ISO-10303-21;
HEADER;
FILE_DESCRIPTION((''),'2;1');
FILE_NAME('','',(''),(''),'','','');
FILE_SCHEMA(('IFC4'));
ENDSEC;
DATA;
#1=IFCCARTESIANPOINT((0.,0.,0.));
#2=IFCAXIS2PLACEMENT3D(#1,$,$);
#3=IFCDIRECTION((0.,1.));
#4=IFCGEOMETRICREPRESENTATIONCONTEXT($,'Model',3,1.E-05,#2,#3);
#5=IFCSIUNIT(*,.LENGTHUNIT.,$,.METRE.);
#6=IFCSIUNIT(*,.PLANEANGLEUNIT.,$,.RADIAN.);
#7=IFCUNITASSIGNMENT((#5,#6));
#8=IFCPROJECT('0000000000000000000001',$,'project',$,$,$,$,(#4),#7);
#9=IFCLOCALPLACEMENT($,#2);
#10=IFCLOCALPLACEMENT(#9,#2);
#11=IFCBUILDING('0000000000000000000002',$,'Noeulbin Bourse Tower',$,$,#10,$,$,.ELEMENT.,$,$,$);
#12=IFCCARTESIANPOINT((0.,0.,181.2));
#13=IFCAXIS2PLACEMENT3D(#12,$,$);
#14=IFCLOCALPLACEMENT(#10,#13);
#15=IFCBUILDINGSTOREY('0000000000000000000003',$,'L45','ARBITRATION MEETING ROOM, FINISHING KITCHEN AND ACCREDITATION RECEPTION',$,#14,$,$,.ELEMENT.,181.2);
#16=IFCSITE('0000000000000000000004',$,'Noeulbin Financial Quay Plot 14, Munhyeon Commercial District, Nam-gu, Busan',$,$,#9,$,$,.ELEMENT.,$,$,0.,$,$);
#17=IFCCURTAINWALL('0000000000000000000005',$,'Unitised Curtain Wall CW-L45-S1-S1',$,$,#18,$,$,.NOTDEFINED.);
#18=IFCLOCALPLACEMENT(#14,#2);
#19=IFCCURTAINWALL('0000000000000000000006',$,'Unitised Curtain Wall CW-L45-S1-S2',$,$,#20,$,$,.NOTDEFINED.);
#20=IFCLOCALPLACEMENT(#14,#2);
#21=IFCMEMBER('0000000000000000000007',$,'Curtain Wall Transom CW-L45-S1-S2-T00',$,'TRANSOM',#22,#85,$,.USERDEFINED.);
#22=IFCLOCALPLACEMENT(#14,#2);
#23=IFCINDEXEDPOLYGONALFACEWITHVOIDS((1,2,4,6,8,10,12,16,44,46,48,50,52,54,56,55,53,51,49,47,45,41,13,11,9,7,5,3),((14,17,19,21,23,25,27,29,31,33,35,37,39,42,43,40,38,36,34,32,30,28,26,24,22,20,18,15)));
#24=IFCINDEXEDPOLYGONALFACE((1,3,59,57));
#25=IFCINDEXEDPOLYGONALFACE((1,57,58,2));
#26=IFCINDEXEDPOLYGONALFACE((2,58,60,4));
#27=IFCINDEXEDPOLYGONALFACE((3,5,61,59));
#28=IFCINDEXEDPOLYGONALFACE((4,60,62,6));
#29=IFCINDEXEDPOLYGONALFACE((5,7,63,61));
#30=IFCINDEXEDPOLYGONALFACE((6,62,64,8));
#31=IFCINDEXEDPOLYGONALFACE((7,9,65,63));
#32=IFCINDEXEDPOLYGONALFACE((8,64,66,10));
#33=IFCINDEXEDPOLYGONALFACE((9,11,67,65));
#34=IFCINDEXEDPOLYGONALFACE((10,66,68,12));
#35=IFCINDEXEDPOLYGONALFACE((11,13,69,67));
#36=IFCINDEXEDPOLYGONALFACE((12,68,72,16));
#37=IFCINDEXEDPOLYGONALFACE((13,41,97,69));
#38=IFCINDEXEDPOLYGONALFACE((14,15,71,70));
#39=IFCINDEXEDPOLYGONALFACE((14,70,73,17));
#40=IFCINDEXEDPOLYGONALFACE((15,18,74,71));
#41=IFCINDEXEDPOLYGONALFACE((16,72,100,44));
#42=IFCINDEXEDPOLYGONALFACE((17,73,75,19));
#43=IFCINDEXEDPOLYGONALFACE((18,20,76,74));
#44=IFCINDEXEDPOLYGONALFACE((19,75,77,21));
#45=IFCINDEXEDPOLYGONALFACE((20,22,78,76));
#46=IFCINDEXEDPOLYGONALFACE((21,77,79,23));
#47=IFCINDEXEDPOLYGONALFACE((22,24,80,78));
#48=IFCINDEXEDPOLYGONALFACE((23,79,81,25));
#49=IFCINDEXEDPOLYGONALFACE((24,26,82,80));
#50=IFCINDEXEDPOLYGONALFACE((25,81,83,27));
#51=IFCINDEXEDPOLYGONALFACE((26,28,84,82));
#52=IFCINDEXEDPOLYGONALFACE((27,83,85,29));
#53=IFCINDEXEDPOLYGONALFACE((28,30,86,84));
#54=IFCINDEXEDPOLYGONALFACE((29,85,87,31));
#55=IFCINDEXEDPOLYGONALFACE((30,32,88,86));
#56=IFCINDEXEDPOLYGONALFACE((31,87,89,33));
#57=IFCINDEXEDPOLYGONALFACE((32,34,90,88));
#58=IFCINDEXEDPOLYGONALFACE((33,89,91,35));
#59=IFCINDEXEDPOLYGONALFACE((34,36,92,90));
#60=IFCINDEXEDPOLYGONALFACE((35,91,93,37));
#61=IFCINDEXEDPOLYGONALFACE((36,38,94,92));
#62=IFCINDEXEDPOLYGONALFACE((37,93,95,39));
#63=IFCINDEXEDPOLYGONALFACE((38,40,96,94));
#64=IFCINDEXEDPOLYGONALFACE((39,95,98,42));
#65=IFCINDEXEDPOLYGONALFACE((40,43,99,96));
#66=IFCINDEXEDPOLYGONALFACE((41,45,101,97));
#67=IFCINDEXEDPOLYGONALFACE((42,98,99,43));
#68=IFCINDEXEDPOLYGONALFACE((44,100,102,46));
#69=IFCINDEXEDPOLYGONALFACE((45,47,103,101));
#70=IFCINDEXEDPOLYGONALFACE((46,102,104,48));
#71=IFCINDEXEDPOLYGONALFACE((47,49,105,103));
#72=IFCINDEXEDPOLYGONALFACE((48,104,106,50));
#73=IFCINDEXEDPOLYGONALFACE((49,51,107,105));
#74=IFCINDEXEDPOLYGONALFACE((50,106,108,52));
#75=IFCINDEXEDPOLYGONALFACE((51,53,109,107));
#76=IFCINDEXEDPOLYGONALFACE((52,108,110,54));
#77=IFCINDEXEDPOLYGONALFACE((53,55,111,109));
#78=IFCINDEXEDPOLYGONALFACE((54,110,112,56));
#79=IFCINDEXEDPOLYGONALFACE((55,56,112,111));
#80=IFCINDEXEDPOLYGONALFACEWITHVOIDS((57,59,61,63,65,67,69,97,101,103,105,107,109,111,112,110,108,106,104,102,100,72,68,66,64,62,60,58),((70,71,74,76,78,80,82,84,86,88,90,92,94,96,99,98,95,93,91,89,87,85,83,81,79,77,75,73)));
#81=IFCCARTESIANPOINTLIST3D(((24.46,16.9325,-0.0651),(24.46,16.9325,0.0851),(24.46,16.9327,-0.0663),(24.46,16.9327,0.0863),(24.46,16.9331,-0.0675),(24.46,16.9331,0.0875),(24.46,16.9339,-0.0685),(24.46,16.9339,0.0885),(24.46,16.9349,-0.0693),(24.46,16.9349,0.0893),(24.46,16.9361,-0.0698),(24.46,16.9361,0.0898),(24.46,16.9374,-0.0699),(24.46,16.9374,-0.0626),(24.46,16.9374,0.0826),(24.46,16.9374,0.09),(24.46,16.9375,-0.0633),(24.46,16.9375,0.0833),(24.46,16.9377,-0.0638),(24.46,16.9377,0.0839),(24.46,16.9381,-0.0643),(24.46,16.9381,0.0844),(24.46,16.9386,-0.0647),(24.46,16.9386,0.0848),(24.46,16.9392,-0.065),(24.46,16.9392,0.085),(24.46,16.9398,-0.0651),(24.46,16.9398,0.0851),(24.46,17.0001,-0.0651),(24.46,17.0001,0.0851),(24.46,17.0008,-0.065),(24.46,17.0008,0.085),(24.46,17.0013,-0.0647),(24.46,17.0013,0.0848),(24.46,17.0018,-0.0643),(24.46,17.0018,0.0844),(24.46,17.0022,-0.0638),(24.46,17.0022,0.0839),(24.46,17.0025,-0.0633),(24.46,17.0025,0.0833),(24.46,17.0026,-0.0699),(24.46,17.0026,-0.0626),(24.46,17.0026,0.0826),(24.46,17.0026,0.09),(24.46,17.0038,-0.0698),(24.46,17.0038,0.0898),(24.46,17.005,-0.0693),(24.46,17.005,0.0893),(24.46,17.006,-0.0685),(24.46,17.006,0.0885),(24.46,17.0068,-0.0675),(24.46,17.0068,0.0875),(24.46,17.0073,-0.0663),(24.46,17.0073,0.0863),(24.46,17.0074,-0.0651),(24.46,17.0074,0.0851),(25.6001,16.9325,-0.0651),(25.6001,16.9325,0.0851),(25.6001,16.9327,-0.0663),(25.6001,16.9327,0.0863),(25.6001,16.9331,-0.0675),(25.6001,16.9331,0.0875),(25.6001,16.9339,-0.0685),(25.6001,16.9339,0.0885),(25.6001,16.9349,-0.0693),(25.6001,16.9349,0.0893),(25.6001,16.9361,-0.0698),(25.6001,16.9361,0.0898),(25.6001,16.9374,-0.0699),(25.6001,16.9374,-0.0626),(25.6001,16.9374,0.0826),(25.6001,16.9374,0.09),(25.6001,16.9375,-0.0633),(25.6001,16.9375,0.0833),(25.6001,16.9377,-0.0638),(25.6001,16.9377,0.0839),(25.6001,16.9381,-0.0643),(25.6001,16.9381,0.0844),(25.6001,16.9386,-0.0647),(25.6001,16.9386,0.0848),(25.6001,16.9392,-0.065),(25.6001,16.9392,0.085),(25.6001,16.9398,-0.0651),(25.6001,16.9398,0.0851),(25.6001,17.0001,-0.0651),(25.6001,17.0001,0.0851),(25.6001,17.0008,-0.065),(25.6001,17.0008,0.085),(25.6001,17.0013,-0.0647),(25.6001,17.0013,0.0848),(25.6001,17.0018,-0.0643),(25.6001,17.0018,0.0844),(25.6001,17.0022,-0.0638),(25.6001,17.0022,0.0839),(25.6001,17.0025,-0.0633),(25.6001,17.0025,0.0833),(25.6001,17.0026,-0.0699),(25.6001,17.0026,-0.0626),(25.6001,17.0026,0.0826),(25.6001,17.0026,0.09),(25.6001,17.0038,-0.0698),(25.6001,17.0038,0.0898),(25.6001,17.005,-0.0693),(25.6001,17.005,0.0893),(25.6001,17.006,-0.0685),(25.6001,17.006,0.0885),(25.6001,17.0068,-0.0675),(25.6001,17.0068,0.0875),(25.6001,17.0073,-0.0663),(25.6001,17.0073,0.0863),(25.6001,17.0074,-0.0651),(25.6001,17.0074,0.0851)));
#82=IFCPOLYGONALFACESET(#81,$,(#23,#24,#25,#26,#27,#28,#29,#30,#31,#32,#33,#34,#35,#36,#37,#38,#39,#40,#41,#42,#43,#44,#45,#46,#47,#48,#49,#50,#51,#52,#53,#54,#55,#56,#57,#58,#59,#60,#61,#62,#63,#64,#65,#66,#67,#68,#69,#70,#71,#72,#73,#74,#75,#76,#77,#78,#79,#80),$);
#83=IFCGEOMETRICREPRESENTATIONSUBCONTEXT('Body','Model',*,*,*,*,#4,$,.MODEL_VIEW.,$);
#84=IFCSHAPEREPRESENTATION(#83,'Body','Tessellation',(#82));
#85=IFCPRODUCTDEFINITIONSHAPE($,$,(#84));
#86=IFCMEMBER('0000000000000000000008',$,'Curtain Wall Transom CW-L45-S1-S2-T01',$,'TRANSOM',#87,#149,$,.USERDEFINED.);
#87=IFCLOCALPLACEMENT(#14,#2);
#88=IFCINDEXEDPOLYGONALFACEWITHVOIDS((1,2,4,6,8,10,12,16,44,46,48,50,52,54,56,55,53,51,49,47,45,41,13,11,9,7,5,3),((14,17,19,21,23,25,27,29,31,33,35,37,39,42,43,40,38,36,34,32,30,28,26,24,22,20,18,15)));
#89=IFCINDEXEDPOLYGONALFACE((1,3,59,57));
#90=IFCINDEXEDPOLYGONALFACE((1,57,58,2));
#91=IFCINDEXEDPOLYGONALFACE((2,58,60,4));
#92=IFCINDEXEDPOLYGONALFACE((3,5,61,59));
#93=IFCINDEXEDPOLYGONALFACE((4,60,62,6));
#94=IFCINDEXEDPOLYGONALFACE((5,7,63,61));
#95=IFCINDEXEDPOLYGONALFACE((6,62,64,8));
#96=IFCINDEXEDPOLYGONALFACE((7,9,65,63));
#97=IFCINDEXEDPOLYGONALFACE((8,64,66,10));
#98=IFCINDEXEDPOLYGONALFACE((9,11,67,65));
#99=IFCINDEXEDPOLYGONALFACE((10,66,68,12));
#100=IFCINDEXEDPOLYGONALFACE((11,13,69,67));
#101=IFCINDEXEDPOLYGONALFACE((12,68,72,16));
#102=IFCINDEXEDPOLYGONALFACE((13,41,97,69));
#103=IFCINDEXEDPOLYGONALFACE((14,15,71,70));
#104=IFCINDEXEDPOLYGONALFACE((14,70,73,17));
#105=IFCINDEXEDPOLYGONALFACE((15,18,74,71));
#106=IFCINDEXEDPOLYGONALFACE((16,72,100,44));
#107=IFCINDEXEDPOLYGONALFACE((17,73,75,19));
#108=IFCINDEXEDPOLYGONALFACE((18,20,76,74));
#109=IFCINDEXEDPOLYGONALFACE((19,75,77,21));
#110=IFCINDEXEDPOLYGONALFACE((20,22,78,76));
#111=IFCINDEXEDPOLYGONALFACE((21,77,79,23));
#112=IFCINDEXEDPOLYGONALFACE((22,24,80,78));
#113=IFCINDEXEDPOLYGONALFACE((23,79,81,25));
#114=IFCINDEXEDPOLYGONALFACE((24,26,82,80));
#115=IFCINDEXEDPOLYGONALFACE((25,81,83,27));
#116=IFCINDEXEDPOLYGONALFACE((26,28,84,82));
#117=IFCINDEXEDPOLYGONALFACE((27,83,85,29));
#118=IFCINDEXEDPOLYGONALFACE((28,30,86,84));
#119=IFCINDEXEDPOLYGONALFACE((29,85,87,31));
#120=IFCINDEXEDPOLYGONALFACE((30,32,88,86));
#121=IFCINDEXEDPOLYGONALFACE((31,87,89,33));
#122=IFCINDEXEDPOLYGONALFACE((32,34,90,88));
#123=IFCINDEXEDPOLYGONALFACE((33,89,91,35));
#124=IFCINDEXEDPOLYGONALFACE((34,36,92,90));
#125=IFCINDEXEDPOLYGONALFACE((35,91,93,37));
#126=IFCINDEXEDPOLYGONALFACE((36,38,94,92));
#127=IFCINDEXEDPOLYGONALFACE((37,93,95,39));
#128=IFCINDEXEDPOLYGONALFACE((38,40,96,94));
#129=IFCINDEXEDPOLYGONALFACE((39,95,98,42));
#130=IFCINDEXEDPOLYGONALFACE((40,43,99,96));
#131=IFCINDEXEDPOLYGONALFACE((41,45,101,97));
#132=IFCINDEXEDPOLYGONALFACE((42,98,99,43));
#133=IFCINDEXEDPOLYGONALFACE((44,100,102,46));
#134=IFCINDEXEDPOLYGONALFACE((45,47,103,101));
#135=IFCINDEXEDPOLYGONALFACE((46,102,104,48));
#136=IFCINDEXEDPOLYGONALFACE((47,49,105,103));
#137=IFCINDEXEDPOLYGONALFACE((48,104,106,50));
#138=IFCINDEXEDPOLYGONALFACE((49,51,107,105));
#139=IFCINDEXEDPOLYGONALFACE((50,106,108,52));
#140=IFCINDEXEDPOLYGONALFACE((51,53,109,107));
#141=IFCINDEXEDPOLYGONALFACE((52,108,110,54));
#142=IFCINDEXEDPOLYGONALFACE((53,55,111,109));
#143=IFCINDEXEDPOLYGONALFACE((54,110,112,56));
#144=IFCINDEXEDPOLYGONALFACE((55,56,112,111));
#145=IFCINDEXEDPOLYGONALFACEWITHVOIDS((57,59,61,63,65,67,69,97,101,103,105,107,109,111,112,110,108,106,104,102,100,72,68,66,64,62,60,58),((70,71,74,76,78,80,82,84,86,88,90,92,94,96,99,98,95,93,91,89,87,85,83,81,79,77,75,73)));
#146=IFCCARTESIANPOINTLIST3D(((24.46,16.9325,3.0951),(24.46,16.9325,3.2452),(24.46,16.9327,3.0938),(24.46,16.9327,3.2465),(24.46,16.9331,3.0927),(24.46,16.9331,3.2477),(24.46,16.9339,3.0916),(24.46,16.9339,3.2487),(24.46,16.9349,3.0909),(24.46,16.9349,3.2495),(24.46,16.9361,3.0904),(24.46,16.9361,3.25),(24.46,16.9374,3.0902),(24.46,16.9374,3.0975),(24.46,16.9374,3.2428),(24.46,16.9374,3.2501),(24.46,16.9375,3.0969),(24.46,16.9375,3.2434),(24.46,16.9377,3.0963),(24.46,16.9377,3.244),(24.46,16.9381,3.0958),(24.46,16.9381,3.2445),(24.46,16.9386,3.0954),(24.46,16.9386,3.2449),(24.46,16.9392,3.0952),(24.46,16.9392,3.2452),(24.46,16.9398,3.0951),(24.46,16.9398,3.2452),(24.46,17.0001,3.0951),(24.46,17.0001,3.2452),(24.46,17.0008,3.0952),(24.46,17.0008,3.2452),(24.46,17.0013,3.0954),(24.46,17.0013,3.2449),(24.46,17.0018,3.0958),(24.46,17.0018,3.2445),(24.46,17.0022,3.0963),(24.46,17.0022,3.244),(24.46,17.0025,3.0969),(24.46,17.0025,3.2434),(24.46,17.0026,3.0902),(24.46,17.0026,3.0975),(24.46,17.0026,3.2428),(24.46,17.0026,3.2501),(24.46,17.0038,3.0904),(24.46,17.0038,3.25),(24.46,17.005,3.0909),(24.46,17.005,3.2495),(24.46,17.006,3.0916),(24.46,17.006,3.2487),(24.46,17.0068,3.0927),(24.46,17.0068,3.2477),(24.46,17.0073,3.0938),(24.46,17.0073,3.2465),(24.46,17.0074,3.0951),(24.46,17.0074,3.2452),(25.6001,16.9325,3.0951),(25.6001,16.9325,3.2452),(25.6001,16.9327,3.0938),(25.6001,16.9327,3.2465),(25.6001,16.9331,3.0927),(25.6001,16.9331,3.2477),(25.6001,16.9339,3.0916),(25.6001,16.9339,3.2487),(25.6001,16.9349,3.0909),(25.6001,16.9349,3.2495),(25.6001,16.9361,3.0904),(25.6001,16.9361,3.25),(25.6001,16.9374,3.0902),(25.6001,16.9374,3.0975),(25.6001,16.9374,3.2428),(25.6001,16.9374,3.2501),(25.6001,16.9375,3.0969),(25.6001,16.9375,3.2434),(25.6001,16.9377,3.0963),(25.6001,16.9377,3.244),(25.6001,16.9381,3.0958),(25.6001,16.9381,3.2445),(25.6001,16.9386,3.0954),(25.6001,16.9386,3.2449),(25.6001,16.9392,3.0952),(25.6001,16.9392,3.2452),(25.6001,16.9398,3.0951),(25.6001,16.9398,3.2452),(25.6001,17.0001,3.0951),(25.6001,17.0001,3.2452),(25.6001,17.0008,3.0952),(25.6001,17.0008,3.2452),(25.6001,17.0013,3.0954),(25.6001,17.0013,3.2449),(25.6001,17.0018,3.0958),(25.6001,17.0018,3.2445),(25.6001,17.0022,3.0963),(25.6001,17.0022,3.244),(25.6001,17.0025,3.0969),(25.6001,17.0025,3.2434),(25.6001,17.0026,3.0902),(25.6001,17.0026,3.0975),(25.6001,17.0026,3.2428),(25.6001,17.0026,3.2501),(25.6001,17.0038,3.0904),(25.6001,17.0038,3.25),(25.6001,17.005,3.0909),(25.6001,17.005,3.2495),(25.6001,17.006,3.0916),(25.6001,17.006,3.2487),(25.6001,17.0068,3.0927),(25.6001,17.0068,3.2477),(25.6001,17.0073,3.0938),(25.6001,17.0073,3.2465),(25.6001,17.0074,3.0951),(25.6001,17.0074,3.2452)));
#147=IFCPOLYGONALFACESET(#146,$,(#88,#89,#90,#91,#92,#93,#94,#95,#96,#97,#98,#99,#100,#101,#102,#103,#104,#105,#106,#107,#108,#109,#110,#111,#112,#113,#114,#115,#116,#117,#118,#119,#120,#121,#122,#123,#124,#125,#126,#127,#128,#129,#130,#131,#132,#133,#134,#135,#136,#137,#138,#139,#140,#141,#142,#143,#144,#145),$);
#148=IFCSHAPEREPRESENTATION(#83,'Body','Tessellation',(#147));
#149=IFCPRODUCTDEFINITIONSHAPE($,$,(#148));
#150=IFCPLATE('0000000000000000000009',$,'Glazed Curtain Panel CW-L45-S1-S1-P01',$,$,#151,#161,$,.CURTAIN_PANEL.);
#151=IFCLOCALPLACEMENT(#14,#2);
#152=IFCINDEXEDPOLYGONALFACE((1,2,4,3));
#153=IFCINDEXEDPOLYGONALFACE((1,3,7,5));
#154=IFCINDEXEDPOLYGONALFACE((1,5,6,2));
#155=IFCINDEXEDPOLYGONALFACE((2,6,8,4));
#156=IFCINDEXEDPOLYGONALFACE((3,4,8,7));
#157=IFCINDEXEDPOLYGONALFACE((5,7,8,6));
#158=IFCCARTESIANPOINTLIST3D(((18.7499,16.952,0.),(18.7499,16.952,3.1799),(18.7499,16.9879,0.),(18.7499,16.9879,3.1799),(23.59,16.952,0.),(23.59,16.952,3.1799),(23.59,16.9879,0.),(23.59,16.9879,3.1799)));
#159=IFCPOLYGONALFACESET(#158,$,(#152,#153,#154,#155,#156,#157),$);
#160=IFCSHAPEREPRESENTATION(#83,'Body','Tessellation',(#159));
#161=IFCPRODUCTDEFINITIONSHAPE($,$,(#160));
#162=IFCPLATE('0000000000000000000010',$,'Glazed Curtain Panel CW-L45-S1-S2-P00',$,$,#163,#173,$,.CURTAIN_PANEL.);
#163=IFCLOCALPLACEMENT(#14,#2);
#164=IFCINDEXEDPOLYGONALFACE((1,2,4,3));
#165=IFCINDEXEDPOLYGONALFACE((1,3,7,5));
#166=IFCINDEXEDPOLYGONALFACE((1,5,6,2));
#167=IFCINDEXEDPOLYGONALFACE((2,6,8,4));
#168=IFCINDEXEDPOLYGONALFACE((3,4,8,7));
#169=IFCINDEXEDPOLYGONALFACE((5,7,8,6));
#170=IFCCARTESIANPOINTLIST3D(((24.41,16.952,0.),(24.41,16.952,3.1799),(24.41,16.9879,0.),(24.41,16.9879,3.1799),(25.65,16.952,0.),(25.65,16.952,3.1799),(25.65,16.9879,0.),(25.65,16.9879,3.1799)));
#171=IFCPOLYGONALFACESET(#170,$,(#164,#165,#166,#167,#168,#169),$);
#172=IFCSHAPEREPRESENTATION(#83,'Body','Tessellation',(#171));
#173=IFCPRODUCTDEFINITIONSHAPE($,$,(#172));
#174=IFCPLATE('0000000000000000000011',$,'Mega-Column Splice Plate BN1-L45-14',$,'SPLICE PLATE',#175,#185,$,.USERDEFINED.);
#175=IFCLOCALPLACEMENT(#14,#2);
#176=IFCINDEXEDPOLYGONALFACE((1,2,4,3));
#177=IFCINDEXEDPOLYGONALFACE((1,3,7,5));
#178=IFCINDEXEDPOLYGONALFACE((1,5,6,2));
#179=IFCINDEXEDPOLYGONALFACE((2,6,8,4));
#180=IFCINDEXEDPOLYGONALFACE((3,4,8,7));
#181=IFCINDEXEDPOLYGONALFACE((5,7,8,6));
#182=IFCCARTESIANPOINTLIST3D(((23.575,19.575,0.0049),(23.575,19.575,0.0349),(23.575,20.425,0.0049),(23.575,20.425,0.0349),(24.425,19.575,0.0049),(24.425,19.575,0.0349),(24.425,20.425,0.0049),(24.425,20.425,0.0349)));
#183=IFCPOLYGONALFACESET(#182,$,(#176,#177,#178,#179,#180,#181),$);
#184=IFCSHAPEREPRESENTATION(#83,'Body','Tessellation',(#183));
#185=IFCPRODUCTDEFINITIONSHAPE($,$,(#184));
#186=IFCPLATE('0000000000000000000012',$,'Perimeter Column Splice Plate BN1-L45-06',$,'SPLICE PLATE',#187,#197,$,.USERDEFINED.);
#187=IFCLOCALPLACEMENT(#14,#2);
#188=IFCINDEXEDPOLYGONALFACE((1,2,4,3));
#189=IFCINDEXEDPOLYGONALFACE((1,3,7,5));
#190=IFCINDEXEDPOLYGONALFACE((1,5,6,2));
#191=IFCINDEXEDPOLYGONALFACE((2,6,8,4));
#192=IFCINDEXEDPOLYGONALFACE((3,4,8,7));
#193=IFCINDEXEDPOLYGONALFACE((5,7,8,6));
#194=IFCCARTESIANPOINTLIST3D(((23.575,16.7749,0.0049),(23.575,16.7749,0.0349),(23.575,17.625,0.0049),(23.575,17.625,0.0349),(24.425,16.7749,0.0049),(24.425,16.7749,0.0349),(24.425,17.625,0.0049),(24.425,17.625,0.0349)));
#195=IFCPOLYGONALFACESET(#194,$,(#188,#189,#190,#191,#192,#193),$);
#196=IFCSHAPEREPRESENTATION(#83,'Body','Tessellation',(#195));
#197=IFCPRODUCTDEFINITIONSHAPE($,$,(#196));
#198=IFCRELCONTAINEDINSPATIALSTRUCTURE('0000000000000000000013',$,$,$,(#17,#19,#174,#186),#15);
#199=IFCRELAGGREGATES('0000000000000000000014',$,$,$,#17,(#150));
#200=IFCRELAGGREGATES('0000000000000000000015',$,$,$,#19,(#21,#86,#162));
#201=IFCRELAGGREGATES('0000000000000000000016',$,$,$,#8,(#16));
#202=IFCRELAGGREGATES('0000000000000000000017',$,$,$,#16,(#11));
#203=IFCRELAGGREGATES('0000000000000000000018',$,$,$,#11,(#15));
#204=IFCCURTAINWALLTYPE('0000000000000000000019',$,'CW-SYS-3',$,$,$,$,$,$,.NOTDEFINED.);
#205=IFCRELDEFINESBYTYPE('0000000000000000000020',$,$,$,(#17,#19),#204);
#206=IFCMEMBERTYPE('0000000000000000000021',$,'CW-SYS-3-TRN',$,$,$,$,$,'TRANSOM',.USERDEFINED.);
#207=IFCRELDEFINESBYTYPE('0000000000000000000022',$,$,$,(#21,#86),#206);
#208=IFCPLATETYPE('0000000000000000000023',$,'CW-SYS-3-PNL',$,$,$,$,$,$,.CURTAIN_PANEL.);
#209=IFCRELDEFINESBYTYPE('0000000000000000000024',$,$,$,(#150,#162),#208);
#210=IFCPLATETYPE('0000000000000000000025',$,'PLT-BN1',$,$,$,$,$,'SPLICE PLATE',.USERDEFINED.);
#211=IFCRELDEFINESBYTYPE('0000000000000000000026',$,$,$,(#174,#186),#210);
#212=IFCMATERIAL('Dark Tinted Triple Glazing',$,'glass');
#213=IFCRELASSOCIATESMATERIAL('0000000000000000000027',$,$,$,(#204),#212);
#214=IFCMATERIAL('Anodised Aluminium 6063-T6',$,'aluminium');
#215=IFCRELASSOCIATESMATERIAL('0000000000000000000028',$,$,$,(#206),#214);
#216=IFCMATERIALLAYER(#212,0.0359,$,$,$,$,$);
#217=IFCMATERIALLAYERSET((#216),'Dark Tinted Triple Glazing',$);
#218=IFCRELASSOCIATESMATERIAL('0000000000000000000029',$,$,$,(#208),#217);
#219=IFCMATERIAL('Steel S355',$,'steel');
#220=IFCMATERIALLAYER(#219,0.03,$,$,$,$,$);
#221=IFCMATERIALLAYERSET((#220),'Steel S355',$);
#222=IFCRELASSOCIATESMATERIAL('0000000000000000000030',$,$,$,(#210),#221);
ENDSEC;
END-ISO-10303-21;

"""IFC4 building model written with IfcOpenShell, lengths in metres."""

from ifc_helpers import new_model, si_unit, direction, frame, origin, origin_2d, place, context, subcontext, project, spatial, rectangle, hollow_rectangle, extrude, material, layer, layer_set, material_profile, profile_set, type_object, element, aggregate, save


model = new_model("IFC4")

# Units and contexts
model_context = context("Model", 3, precision=1e-05, world=origin(), true_north=direction((0.0, 1.0)))
body_context = subcontext(model_context, "Body", "Model", "MODEL_VIEW")
ifc_project = project(units=[si_unit("LENGTHUNIT", "METRE"), si_unit("PLANEANGLEUNIT", "RADIAN")], contexts=[model_context])

# Site, building, storey
site_placement = place(None, origin())
site = spatial("IfcSite", under=ifc_project, at=site_placement, Name="Noeulbin Financial Quay Plot 14, Munhyeon Commercial District, Nam-gu, Busan", CompositionType="ELEMENT", RefElevation=0.0)
building_placement = place(site_placement, origin())
building = spatial("IfcBuilding", under=site, at=building_placement, Name="Noeulbin Bourse Tower", CompositionType="ELEMENT")
storey_placement = place(building_placement, frame((0.0, 0.0, 181.2)))
storey = spatial("IfcBuildingStorey", under=building, at=storey_placement, Name="L45", Description="ARBITRATION MEETING ROOM, FINISHING KITCHEN AND ACCREDITATION RECEPTION", CompositionType="ELEMENT", Elevation=181.2)

# Shared definitions
ifc_material_1 = material(Name="Steel S355", Category="steel")

# Curtain wall
ifc_material_2 = material(Name="Dark Tinted Triple Glazing", Category="glass")
curtain_wall_type = type_object("IfcCurtainWallType", Name="CW-SYS-3", PredefinedType="NOTDEFINED", material=ifc_material_2)
curtain_wall_1_placement = place(storey_placement, origin())
curtain_wall_1 = element("IfcCurtainWall", 1, at=curtain_wall_1_placement, inside=storey, type_object=curtain_wall_type, Name="Unitised Curtain Wall CW-L45-S1-S1", PredefinedType="NOTDEFINED")
ifc_material_3 = material(Name="Anodised Aluminium 6063-T6", Category="aluminium")

# Curtain wall, members
curtain_wall_2_placement = place(storey_placement, origin())
curtain_wall_2 = element("IfcCurtainWall", 2, at=curtain_wall_2_placement, inside=storey, type_object=curtain_wall_type, Name="Unitised Curtain Wall CW-L45-S1-S2", PredefinedType="NOTDEFINED")
ifc_material_profile_1 = material_profile(ifc_material_3, hollow_rectangle(XDim=0.075, YDim=0.1599, WallThickness=0.0049, InnerFilletRadius=0.0024, OuterFilletRadius=0.0049, at=origin_2d()), Name="ALU-TRAN-75x160x5", Category="LoadBearing")
ifc_profile_set_1 = profile_set([ifc_material_profile_1], Name="Anodised Aluminium 6063-T6")
member_type_1 = type_object("IfcMemberType", Name="CW-SYS-3-TRN", ElementType="TRANSOM", PredefinedType="USERDEFINED", material=ifc_profile_set_1)
member_1_placement = place(storey_placement, frame((24.46, 16.97, 0.01), z_axis=(1.0, 0.0, 0.0), x_axis=(0.0, 1.0, 0.0)))
member_1 = element("IfcMember", 3, at=member_1_placement, type_object=member_type_1, Name="Curtain Wall Transom CW-L45-S1-S2-T00", ObjectType="TRANSOM", PredefinedType="USERDEFINED", context=body_context, shape_type="SweptSolid", body=[
    extrude(hollow_rectangle(XDim=0.075, YDim=0.1599, WallThickness=0.0049, InnerFilletRadius=0.0024, OuterFilletRadius=0.0049, at=origin_2d()), origin(), (0.0, 0.0, 1.0), 1.1401),
])
member_2_placement = place(storey_placement, frame((24.46, 16.97, 3.1702), z_axis=(1.0, 0.0, 0.0), x_axis=(0.0, 1.0, 0.0)))
member_2 = element("IfcMember", 4, at=member_2_placement, type_object=member_type_1, Name="Curtain Wall Transom CW-L45-S1-S2-T01", ObjectType="TRANSOM", PredefinedType="USERDEFINED", context=body_context, shape_type="SweptSolid", body=[
    extrude(hollow_rectangle(XDim=0.075, YDim=0.1599, WallThickness=0.0049, InnerFilletRadius=0.0024, OuterFilletRadius=0.0049, at=origin_2d()), origin(), (0.0, 0.0, 1.0), 1.1401),
])

# Plates
ifc_layer_1 = layer(ifc_material_2, 0.0359)
ifc_layer_set_1 = layer_set([ifc_layer_1], Name="Dark Tinted Triple Glazing")
plate_type_1 = type_object("IfcPlateType", Name="CW-SYS-3-PNL", PredefinedType="CURTAIN_PANEL", material=ifc_layer_set_1)
plate_1_placement = place(storey_placement, frame((21.1699, 16.97, 0.0), z_axis=(0.0, 0.0, 1.0), x_axis=(1.0, 0.0, 0.0)))
plate_1 = element("IfcPlate", 5, at=plate_1_placement, type_object=plate_type_1, Name="Glazed Curtain Panel CW-L45-S1-S1-P01", PredefinedType="CURTAIN_PANEL", context=body_context, shape_type="SweptSolid", body=[
    extrude(rectangle(XDim=4.8401, YDim=0.0359, at=origin_2d()), origin(), (0.0, 0.0, 1.0), 3.1799),
])
aggregate(curtain_wall_1, [plate_1])
plate_2_placement = place(storey_placement, frame((25.03, 16.97, 0.0), z_axis=(0.0, 0.0, 1.0), x_axis=(1.0, 0.0, 0.0)))
plate_2 = element("IfcPlate", 6, at=plate_2_placement, type_object=plate_type_1, Name="Glazed Curtain Panel CW-L45-S1-S2-P00", PredefinedType="CURTAIN_PANEL", context=body_context, shape_type="SweptSolid", body=[
    extrude(rectangle(XDim=1.24, YDim=0.0359, at=origin_2d()), origin(), (0.0, 0.0, 1.0), 3.1799),
])
aggregate(curtain_wall_2, [member_1, member_2, plate_2])

# Plates
ifc_layer_2 = layer(ifc_material_1, 0.03)
ifc_layer_set_2 = layer_set([ifc_layer_2], Name="Steel S355")
plate_type_2 = type_object("IfcPlateType", Name="PLT-BN1", ElementType="SPLICE PLATE", PredefinedType="USERDEFINED", material=ifc_layer_set_2)
for number, where, z_axis, x_axis, name in (
    (7, (24.0, 20.0, 0.0049), (0.0, 0.0, 1.0), (1.0, 0.0, 0.0), "Mega-Column Splice Plate BN1-L45-14"),
    (8, (24.0, 17.2, 0.0049), (0.0, 0.0, 1.0), (1.0, 0.0, 0.0), "Perimeter Column Splice Plate BN1-L45-06"),
):
    element("IfcPlate", number, at=place(storey_placement, frame(where, z_axis=z_axis, x_axis=x_axis)), inside=storey, type_object=plate_type_2, Name=name, ObjectType="SPLICE PLATE", PredefinedType="USERDEFINED", context=body_context, shape_type="SweptSolid", body=[
        extrude(rectangle(XDim=0.8501, YDim=0.8501, at=origin_2d()), origin(), (0.0, 0.0, 1.0), 0.03),
    ])

save(model, "model.ifc")
